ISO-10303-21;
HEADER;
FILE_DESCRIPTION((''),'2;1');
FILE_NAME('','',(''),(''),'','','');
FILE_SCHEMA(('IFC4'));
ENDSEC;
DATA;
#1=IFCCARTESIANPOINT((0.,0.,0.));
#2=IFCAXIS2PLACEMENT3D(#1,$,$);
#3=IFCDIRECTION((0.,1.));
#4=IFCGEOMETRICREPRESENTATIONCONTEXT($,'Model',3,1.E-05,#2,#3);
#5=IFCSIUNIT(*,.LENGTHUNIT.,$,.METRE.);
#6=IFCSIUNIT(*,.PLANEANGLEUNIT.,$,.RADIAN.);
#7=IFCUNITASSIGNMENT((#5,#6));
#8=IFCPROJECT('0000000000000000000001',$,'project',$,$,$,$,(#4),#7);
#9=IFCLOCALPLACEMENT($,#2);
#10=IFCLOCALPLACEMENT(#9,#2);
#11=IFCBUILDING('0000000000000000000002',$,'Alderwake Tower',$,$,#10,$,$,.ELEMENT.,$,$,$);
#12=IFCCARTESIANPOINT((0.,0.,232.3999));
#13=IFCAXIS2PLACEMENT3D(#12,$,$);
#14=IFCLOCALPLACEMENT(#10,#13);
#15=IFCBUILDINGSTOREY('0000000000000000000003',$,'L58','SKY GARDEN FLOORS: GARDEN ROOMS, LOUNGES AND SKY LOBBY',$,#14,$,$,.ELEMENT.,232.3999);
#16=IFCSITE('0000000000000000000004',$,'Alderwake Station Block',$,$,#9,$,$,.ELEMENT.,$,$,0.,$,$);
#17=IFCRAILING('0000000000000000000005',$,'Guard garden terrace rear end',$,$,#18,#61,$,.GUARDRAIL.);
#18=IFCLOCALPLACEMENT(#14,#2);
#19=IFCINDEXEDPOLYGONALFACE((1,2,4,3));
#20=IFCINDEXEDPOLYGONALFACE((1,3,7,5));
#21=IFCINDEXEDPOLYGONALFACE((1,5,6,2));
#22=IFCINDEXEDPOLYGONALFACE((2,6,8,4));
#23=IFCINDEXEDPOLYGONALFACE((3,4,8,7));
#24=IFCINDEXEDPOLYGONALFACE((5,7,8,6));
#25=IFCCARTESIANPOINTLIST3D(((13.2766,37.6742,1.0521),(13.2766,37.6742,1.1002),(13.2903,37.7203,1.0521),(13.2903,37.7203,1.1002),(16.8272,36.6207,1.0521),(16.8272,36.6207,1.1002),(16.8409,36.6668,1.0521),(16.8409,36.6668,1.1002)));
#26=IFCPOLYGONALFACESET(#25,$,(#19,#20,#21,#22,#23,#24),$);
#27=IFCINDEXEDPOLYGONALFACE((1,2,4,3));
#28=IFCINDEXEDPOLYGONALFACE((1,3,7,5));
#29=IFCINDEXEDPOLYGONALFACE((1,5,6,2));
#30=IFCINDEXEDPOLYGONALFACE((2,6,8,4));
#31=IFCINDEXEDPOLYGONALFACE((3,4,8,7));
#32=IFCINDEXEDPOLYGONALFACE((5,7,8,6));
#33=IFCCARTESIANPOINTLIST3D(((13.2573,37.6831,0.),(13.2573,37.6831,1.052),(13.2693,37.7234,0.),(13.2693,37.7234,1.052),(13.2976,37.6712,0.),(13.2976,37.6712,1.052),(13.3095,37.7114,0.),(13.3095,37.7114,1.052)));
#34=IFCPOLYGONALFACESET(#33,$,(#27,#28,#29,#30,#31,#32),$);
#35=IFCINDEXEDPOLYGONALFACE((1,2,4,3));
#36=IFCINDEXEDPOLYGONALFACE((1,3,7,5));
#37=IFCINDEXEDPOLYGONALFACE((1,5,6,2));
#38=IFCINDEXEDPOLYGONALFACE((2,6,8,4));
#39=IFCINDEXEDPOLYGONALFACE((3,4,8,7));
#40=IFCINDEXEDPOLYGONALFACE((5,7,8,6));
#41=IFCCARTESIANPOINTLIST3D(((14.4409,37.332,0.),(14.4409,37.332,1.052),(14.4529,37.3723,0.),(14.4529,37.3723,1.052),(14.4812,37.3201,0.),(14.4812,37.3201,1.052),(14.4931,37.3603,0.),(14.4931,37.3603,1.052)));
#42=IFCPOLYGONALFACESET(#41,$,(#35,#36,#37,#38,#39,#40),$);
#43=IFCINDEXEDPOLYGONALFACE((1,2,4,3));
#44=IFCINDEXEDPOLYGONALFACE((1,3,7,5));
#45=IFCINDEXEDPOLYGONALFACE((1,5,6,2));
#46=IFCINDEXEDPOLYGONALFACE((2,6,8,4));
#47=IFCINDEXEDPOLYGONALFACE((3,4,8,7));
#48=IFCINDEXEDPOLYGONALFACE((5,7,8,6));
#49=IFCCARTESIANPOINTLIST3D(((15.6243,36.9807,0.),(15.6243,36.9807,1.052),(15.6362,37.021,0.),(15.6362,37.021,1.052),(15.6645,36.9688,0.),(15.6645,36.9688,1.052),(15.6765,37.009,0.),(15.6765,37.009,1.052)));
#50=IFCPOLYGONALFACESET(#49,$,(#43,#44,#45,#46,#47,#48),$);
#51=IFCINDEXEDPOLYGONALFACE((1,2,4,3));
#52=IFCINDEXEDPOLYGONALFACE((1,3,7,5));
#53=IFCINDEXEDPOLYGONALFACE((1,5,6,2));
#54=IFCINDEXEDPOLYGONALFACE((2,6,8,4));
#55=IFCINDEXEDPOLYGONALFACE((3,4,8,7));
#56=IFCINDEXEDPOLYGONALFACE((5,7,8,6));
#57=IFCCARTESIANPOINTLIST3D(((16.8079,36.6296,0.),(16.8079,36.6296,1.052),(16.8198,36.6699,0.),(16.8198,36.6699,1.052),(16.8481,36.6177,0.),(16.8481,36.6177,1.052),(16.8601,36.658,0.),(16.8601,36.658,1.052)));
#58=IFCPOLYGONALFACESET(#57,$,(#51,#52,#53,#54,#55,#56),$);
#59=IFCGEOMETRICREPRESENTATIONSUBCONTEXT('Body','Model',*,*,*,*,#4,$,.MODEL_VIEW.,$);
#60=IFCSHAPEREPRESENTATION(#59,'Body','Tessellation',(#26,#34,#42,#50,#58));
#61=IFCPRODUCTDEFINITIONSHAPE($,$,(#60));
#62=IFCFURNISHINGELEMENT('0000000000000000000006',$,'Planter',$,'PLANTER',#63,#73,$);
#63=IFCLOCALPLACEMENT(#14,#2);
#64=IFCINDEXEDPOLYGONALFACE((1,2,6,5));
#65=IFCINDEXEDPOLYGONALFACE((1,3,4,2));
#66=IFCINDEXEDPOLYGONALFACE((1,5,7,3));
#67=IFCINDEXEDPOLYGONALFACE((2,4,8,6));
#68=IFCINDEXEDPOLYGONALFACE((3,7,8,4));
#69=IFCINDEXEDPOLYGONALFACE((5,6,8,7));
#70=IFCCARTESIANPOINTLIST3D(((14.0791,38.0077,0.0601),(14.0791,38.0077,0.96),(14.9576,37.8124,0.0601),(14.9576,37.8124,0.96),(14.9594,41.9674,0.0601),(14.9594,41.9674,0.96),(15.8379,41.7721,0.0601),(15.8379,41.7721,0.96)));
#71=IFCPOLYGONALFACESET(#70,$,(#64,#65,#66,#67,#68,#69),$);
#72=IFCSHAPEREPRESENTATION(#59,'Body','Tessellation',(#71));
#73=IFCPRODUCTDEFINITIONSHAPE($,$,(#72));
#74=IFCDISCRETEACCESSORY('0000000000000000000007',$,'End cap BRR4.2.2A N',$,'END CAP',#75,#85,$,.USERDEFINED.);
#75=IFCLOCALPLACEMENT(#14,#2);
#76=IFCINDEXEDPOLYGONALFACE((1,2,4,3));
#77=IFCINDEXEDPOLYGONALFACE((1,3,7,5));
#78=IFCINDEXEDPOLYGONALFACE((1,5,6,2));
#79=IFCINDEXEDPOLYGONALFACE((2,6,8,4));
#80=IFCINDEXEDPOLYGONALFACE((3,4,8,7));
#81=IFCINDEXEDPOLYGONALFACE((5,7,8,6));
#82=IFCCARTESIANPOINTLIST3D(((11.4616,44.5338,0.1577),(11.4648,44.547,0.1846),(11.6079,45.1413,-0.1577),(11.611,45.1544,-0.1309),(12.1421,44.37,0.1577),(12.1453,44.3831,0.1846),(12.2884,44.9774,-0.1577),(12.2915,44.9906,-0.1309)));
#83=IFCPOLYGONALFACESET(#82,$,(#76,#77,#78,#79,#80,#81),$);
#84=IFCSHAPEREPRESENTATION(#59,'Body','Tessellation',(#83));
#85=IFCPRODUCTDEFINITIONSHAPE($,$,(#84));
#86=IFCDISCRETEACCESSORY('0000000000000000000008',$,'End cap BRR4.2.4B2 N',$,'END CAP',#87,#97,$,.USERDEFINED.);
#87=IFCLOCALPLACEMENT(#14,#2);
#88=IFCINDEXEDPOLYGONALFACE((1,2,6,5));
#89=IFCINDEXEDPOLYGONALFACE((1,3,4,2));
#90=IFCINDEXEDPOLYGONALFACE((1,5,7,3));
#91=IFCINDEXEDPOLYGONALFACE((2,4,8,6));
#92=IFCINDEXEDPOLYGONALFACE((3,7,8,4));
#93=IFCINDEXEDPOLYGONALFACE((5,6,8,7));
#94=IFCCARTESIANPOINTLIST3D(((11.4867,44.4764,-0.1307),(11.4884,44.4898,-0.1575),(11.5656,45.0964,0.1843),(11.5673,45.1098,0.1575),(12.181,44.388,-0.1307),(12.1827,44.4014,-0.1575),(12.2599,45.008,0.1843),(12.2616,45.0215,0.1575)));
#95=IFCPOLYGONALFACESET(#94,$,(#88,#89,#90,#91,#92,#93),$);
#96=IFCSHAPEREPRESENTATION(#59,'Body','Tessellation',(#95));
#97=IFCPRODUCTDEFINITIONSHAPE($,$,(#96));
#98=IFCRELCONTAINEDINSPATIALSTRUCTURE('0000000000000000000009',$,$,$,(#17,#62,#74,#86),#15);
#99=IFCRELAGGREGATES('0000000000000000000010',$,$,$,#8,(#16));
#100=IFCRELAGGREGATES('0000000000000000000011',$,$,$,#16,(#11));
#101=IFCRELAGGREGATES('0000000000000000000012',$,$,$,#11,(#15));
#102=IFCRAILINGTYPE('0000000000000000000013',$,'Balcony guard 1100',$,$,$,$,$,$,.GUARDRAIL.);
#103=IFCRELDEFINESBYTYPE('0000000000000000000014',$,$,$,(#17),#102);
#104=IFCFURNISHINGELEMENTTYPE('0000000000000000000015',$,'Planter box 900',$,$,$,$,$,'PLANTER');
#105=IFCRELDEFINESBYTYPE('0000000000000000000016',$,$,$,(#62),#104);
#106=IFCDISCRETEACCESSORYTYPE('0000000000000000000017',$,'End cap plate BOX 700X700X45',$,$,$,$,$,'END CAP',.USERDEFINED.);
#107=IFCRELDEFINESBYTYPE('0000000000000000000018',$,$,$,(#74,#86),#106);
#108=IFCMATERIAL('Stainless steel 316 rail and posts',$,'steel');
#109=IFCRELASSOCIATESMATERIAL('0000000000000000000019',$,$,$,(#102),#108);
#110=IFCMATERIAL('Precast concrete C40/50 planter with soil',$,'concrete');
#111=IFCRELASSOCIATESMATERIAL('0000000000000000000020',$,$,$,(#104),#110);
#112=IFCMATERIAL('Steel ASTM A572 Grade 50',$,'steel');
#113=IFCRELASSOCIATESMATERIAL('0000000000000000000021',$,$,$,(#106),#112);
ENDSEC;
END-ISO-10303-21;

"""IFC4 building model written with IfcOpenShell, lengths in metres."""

from ifc_helpers import new_model, si_unit, direction, frame, origin, origin_2d, place, context, subcontext, project, spatial, rectangle, extrude, material, material_profile, profile_set, type_object, element, save


model = new_model("IFC4")

# Units and contexts
model_context = context("Model", 3, precision=1e-05, world=origin(), true_north=direction((0.0, 1.0)))
body_context = subcontext(model_context, "Body", "Model", "MODEL_VIEW")
ifc_project = project(units=[si_unit("LENGTHUNIT", "METRE"), si_unit("PLANEANGLEUNIT", "RADIAN")], contexts=[model_context])

# Site, building, storey
site_placement = place(None, origin())
site = spatial("IfcSite", under=ifc_project, at=site_placement, Name="Alderwake Station Block", CompositionType="ELEMENT", RefElevation=0.0)
building_placement = place(site_placement, origin())
building = spatial("IfcBuilding", under=site, at=building_placement, Name="Alderwake Tower", CompositionType="ELEMENT")
storey_placement = place(building_placement, frame((0.0, 0.0, 232.3999)))
storey = spatial("IfcBuildingStorey", under=building, at=storey_placement, Name="L58", Description="SKY GARDEN FLOORS: GARDEN ROOMS, LOUNGES AND SKY LOBBY", CompositionType="ELEMENT", Elevation=232.3999)

# Railing
ifc_material_1 = material(Name="Stainless steel 316 rail and posts", Category="steel")
railing_type = type_object("IfcRailingType", Name="Balcony guard 1100", PredefinedType="GUARDRAIL", material=ifc_material_1)
railing_placement = place(storey_placement, frame((13.2834, 37.6973, 0.0)))
element("IfcRailing", 1, at=railing_placement, inside=storey, type_object=railing_type, Name="Guard garden terrace rear end", PredefinedType="GUARDRAIL", context=body_context, shape_type="SweptSolid", body=[
    extrude(rectangle(XDim=0.0481, YDim=0.0481, at=origin_2d()), frame((0.0, 0.0, 1.0762), z_axis=(0.958691, -0.28445, 0.0), x_axis=(0.28445, 0.958691, 0.0)), (0.0, 0.0, 1.0), 3.7036),
    extrude(rectangle(XDim=0.042, YDim=0.042, at=origin_2d()), frame((0.0, 0.0, 0.0), z_axis=(0.0, 0.0, 1.0), x_axis=(0.958691, -0.28445, 0.0)), (0.0, 0.0, 1.0), 1.052),
    extrude(rectangle(XDim=0.042, YDim=0.042, at=origin_2d()), frame((1.1836, -0.3511, 0.0), z_axis=(0.0, 0.0, 1.0), x_axis=(0.958691, -0.28445, 0.0)), (0.0, 0.0, 1.0), 1.052),
    extrude(rectangle(XDim=0.042, YDim=0.042, at=origin_2d()), frame((2.3669, -0.7024, 0.0), z_axis=(0.0, 0.0, 1.0), x_axis=(0.958691, -0.28445, 0.0)), (0.0, 0.0, 1.0), 1.052),
    extrude(rectangle(XDim=0.042, YDim=0.042, at=origin_2d()), frame((3.5505, -1.0535, 0.0), z_axis=(0.0, 0.0, 1.0), x_axis=(0.958691, -0.28445, 0.0)), (0.0, 0.0, 1.0), 1.052),
])

# Furnishing element
ifc_material_2 = material(Name="Precast concrete C40/50 planter with soil", Category="concrete")
furnishing_element_type = type_object("IfcFurnishingElementType", Name="Planter box 900", ElementType="PLANTER", material=ifc_material_2)
furnishing_placement = place(storey_placement, frame((14.9585, 39.8899, 0.0601), z_axis=(0.0, 0.0, 1.0), x_axis=(0.976169, -0.21701, 0.0)))
element("IfcFurnishingElement", 2, at=furnishing_placement, inside=storey, type_object=furnishing_element_type, Name="Planter", ObjectType="PLANTER", context=body_context, shape_type="SweptSolid", body=[
    extrude(rectangle(XDim=0.8999, YDim=4.0564, at=origin_2d()), origin(), (0.0, 0.0, 1.0), 0.8999),
])

# Discrete accessories
ifc_material_3 = material(Name="Steel ASTM A572 Grade 50", Category="steel")
ifc_material_profile_1 = material_profile(ifc_material_3, rectangle(XDim=0.7, YDim=0.7, at=origin_2d()), Name="BOX 700X700X45 cap")
ifc_profile_set_1 = profile_set([ifc_material_profile_1], Name="Steel ASTM A572 Grade 50")
discrete_accessory_type = type_object("IfcDiscreteAccessoryType", Name="End cap plate BOX 700X700X45", ElementType="END CAP", PredefinedType="USERDEFINED", material=ifc_profile_set_1)
for number, where, z_axis, x_axis, name in (
    (3, (11.875, 44.7556, 0.0), (0.105496, 0.438214, 0.892658), (-0.972224, 0.234054, 0.0), "End cap BRR4.2.2A N"),
    (4, (11.875, 44.7556, 0.0), (-0.056826, -0.446491, 0.892982), (0.991998, -0.126254, 0.0), "End cap BRR4.2.4B2 N"),
):
    element("IfcDiscreteAccessory", number, at=place(storey_placement, frame(where, z_axis=z_axis, x_axis=x_axis)), inside=storey, type_object=discrete_accessory_type, Name=name, ObjectType="END CAP", PredefinedType="USERDEFINED", context=body_context, shape_type="SweptSolid", body=[
        extrude(rectangle(XDim=0.7, YDim=0.7, at=origin_2d()), origin(), (0.0, 0.0, 1.0), 0.03),
    ])

save(model, "model.ifc")
